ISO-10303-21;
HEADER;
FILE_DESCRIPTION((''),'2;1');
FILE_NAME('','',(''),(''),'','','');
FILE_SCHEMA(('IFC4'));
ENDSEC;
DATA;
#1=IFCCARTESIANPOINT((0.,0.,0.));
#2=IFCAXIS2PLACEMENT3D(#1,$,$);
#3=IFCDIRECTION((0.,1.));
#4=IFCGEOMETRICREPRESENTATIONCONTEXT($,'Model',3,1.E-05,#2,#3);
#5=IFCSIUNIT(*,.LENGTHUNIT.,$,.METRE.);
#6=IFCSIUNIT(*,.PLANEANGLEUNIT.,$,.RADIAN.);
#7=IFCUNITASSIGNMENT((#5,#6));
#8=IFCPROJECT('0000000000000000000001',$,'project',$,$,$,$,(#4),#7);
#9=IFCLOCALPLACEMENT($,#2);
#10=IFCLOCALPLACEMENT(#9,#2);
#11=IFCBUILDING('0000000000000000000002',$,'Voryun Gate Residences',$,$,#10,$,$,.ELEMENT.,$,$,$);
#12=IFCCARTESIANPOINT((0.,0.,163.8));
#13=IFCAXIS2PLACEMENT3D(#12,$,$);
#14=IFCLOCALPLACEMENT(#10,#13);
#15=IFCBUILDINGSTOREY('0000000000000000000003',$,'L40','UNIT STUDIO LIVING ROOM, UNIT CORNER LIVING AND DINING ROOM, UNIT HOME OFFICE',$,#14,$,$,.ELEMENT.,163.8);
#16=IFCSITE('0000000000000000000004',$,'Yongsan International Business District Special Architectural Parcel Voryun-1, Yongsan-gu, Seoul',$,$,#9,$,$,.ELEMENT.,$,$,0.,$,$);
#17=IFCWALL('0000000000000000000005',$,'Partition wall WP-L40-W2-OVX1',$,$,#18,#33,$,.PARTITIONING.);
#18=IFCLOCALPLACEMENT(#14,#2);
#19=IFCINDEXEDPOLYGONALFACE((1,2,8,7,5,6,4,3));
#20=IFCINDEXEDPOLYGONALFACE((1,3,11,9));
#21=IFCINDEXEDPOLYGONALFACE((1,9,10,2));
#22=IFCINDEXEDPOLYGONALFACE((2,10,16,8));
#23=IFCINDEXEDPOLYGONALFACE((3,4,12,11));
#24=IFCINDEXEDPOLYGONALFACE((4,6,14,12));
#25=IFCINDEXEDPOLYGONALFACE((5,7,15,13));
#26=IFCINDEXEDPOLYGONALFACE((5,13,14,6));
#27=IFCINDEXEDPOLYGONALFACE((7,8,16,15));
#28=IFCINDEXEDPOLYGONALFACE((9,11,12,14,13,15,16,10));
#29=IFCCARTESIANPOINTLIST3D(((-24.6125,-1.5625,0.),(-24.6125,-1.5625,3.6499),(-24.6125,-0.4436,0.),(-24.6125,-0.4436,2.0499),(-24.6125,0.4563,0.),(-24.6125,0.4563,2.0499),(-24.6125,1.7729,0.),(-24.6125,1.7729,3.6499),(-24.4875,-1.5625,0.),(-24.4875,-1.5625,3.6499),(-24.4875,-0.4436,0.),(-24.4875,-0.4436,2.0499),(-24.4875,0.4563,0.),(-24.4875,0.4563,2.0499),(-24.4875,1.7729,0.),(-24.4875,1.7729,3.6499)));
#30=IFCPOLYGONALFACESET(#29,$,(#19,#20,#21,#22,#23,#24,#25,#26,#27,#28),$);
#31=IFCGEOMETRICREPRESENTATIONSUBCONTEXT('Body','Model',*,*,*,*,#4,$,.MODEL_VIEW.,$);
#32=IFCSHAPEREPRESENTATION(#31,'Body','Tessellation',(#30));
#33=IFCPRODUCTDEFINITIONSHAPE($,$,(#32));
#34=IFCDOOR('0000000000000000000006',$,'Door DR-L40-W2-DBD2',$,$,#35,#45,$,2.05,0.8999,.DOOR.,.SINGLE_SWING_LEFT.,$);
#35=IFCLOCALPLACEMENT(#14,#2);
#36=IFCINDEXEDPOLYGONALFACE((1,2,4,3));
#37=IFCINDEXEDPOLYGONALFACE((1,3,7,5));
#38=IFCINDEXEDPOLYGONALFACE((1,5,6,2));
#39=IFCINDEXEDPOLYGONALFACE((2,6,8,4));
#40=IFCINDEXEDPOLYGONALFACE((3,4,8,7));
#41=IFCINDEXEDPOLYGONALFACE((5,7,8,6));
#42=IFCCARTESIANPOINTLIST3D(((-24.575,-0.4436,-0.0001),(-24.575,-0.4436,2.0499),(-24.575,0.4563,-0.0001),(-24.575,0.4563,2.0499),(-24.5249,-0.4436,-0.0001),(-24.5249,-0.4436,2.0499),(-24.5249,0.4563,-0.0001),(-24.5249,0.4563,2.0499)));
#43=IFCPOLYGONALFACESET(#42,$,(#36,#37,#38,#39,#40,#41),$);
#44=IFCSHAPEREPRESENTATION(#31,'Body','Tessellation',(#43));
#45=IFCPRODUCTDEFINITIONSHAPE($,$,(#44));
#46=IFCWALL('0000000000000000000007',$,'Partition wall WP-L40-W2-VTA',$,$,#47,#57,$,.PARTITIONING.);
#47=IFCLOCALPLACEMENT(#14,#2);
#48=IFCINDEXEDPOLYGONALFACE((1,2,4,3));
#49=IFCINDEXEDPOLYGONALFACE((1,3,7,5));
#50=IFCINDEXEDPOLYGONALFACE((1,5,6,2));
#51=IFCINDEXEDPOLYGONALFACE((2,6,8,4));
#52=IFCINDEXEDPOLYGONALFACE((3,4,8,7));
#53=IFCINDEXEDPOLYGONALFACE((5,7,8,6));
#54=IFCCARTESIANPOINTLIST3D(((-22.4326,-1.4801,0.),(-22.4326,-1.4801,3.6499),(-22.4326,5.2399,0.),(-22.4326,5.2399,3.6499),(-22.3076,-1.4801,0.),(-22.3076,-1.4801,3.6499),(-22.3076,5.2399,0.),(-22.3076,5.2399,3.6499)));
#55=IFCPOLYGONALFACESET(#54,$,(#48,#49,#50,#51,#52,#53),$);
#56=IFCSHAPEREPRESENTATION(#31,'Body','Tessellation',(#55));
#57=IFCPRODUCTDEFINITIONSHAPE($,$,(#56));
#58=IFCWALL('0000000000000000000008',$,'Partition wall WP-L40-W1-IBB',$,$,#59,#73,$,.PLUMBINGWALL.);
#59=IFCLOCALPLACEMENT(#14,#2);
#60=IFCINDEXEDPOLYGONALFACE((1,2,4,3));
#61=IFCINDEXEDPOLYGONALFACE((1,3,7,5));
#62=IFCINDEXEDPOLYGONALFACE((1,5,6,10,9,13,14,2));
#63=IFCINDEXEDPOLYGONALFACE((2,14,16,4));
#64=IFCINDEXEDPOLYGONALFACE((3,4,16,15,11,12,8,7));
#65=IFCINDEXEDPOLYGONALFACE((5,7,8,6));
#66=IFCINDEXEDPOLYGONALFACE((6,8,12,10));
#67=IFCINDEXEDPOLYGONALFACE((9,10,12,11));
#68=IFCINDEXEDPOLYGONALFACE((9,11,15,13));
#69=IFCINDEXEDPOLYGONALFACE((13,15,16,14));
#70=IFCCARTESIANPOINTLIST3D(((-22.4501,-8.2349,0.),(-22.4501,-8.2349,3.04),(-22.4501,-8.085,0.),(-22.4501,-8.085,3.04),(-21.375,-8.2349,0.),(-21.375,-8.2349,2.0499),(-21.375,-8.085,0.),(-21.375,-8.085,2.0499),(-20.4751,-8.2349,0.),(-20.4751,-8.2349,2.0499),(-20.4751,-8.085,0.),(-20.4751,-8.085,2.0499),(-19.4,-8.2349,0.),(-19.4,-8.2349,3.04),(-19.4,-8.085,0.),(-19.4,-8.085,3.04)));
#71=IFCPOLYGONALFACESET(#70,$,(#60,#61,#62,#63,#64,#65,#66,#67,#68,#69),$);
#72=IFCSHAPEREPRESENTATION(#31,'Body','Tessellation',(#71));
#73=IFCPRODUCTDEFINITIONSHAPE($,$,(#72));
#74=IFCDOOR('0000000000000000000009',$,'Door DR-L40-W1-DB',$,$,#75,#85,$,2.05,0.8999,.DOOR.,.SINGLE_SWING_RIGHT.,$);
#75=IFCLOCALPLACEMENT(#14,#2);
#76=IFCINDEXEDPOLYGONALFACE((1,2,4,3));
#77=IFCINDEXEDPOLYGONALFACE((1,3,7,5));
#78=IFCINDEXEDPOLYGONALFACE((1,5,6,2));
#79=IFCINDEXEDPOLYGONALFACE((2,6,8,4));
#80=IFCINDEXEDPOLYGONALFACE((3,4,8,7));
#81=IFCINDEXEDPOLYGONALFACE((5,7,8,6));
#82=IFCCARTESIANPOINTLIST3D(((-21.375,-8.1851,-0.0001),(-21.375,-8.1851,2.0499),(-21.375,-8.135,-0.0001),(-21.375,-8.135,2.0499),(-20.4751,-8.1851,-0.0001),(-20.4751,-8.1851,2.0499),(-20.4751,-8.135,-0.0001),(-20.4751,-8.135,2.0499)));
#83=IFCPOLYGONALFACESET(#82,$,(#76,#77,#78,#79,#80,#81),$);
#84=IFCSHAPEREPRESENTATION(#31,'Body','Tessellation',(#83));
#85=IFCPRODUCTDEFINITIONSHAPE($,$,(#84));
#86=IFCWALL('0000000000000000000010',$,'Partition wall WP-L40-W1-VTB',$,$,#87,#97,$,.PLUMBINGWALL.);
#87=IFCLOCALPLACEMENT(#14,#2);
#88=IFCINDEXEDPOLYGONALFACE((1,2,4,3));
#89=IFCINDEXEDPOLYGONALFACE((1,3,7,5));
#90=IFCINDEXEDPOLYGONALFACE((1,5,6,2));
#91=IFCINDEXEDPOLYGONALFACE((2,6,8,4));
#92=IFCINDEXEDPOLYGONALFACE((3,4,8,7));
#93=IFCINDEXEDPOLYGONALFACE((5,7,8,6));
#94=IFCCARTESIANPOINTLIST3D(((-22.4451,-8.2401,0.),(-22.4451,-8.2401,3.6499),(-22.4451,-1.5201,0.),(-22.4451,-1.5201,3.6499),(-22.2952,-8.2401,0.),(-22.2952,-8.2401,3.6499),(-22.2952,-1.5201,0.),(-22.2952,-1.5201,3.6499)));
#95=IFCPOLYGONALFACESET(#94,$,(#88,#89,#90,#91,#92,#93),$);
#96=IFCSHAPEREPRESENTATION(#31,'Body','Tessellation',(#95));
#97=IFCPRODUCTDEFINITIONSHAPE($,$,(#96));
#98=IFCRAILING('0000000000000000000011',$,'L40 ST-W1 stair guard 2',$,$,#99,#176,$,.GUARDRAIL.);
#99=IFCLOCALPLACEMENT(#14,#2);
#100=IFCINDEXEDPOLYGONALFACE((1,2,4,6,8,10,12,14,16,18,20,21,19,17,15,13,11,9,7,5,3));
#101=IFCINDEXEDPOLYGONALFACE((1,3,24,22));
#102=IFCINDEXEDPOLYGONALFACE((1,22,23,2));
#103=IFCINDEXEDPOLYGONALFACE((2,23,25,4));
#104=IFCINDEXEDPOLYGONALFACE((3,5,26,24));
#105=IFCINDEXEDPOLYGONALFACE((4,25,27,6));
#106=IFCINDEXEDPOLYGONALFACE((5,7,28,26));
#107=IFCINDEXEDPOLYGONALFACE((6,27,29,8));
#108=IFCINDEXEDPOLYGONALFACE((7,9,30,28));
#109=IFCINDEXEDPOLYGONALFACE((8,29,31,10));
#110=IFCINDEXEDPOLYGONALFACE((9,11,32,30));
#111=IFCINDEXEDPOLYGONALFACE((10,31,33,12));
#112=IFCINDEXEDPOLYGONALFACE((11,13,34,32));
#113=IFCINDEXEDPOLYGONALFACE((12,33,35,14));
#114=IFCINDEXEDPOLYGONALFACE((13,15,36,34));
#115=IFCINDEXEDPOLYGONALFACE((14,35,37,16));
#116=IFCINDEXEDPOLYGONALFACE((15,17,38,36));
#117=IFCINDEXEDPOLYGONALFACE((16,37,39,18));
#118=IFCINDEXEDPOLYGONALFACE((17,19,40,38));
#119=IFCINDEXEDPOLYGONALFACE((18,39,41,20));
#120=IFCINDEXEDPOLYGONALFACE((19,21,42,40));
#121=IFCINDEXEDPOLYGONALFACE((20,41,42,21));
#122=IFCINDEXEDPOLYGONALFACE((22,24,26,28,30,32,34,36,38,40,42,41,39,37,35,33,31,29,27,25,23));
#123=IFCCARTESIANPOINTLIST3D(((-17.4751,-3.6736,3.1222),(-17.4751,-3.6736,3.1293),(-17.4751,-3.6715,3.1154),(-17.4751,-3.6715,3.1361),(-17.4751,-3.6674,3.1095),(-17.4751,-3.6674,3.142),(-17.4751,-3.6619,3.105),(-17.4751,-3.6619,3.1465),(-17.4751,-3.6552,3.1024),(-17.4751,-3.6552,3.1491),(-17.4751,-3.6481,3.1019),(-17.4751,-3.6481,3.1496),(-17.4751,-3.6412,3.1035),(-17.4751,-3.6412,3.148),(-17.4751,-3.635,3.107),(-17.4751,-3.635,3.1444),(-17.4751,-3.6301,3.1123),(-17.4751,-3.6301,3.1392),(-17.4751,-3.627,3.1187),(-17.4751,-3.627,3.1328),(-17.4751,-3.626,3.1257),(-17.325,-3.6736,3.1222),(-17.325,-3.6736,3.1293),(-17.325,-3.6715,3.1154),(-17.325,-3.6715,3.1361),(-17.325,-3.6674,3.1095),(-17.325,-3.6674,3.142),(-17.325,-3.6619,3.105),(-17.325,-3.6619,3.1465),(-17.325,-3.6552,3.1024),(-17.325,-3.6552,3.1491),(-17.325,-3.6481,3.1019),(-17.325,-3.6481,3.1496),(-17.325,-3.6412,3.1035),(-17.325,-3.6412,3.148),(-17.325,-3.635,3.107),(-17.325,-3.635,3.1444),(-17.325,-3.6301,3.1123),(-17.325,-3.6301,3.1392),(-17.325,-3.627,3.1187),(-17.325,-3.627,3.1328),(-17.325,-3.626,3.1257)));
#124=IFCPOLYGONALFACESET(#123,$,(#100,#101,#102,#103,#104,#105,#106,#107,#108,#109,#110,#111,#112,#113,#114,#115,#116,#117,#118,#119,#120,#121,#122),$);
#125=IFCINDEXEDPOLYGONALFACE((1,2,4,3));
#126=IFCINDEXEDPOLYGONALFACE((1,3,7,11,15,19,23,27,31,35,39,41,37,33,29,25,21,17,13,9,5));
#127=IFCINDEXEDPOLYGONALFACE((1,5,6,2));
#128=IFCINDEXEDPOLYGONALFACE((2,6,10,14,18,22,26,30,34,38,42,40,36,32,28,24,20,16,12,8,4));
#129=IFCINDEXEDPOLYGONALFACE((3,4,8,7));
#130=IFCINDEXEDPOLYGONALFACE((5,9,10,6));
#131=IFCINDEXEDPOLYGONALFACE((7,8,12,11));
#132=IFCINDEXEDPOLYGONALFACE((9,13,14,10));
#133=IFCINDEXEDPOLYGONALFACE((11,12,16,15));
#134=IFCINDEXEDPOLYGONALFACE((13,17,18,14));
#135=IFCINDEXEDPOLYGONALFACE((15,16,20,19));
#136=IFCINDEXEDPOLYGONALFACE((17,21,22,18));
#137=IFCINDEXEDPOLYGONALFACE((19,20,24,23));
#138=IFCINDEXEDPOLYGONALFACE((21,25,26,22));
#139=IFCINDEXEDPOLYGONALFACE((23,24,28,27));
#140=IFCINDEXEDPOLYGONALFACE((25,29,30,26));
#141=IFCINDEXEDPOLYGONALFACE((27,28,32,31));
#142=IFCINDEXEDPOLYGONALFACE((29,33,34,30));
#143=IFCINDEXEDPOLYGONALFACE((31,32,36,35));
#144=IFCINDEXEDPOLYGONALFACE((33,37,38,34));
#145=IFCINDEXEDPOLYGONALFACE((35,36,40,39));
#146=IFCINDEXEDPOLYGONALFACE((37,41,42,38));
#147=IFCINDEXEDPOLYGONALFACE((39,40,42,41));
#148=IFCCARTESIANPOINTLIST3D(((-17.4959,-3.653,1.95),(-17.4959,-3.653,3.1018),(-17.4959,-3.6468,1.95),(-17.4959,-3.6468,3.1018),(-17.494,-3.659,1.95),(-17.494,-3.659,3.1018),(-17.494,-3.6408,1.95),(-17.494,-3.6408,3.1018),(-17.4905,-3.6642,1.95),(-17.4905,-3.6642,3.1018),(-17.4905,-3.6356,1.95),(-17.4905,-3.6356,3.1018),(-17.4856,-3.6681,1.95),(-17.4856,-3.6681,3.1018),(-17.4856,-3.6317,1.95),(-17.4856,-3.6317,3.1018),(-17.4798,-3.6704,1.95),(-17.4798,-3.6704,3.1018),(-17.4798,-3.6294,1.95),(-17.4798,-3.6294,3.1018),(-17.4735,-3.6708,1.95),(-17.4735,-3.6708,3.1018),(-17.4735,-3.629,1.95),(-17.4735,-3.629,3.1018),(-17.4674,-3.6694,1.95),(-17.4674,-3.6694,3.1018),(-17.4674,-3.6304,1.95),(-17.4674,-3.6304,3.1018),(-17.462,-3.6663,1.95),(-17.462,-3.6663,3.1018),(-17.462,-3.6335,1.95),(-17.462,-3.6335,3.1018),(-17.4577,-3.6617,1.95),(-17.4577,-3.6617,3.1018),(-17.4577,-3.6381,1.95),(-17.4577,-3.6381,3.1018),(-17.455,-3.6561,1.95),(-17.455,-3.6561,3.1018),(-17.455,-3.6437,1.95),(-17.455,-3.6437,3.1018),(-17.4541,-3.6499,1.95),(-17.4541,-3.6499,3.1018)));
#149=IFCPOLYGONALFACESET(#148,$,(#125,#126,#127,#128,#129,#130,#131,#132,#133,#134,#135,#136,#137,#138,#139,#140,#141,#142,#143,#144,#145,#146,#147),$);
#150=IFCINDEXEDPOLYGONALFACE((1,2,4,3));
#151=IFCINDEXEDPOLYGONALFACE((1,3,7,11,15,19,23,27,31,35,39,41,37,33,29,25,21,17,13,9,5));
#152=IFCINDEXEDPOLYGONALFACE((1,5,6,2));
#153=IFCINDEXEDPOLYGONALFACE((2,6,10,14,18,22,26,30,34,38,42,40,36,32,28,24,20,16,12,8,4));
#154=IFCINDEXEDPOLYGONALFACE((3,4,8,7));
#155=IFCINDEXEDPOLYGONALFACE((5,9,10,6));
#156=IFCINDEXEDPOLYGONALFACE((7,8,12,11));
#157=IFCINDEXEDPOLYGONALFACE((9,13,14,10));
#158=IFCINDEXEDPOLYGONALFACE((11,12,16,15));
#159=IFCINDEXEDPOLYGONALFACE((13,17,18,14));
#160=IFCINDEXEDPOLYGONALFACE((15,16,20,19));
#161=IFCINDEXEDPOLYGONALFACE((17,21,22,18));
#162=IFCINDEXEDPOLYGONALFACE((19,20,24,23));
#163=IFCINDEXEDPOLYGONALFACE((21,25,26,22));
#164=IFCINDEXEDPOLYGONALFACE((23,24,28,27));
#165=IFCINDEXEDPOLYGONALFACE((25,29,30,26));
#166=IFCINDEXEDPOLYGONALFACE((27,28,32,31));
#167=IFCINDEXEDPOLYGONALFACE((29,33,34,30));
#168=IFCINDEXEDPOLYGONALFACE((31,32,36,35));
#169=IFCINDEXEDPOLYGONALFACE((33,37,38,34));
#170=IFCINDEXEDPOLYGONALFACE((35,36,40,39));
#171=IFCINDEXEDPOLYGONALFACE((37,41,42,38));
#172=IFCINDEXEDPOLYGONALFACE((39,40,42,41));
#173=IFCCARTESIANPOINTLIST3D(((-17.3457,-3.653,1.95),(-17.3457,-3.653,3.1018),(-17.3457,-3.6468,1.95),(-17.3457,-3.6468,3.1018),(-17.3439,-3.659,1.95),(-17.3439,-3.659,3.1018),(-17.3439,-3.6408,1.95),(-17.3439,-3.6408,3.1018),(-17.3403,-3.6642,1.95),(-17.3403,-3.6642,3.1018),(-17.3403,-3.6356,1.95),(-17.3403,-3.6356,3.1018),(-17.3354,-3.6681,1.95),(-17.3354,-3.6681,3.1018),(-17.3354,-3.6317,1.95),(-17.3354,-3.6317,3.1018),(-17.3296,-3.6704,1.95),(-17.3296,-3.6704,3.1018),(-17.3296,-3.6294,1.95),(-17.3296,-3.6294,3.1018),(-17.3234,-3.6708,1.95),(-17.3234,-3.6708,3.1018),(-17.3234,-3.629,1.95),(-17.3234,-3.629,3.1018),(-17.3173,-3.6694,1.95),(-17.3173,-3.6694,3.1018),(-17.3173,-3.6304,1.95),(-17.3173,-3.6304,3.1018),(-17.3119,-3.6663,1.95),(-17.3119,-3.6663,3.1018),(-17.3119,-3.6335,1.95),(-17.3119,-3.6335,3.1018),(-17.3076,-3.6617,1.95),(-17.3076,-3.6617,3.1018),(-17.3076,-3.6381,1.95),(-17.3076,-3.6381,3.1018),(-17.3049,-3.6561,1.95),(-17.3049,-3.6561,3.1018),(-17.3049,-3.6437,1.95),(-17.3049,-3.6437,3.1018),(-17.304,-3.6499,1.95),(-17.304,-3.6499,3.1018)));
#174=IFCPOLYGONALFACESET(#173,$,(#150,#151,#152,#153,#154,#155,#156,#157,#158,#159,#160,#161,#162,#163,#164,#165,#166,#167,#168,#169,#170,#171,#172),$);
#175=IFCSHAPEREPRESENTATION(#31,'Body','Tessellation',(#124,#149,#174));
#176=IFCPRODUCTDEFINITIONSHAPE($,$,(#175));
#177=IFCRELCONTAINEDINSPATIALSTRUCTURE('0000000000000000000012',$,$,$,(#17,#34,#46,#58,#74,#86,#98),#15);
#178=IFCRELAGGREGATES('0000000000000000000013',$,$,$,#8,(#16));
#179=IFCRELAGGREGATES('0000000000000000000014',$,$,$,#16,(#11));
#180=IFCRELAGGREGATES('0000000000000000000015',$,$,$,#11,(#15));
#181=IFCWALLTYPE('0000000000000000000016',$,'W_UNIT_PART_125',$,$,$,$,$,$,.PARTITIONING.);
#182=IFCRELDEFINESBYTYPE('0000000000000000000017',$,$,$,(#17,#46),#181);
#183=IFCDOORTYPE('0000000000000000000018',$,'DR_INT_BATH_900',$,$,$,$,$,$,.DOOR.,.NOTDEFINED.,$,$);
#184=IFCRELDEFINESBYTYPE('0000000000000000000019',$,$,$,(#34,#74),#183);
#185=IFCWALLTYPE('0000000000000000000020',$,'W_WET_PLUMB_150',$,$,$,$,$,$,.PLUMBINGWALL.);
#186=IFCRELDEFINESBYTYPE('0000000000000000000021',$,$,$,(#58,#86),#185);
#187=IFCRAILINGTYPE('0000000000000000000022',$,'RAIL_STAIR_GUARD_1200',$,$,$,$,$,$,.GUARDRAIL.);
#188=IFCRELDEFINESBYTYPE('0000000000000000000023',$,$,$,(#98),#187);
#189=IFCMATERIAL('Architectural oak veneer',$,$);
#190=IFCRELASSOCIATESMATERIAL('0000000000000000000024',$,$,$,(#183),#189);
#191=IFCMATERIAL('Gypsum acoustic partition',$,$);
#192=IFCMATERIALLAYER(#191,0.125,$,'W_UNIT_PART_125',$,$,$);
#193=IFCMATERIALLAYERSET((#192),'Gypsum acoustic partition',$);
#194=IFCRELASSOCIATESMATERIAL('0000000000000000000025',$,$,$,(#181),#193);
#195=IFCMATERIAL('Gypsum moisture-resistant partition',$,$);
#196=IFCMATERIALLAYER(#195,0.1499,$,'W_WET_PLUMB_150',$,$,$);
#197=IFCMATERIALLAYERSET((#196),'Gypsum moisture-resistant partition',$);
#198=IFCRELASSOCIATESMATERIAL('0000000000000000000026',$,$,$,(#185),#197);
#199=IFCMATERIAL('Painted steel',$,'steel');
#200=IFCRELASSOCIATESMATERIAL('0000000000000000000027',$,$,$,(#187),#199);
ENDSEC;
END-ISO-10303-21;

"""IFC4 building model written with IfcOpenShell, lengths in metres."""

from ifc_helpers import new_model, si_unit, direction, frame, frame_2d, origin, origin_2d, place, context, subcontext, project, spatial, rectangle, circle, extrude, material, layer, layer_set, type_object, element, fill, save


model = new_model("IFC4")

# Units and contexts
model_context = context("Model", 3, precision=1e-05, world=origin(), true_north=direction((0.0, 1.0)))
body_context = subcontext(model_context, "Body", "Model", "MODEL_VIEW")
ifc_project = project(units=[si_unit("LENGTHUNIT", "METRE"), si_unit("PLANEANGLEUNIT", "RADIAN")], contexts=[model_context])

# Site, building, storey
site_placement = place(None, origin())
site = spatial("IfcSite", under=ifc_project, at=site_placement, Name="Yongsan International Business District Special Architectural Parcel Voryun-1, Yongsan-gu, Seoul", CompositionType="ELEMENT", RefElevation=0.0)
building_placement = place(site_placement, origin())
building = spatial("IfcBuilding", under=site, at=building_placement, Name="Voryun Gate Residences", CompositionType="ELEMENT")
storey_placement = place(building_placement, frame((0.0, 0.0, 163.8)))
storey = spatial("IfcBuildingStorey", under=building, at=storey_placement, Name="L40", Description="UNIT STUDIO LIVING ROOM, UNIT CORNER LIVING AND DINING ROOM, UNIT HOME OFFICE", CompositionType="ELEMENT", Elevation=163.8)

# Shared definitions
ifc_material_1 = material(Name="Architectural oak veneer")
door_type_1 = type_object("IfcDoorType", Name="DR_INT_BATH_900", OperationType="NOTDEFINED", PredefinedType="DOOR", material=ifc_material_1)

# Shared definitions
ifc_material_2 = material(Name="Gypsum acoustic partition")
ifc_layer_1 = layer(ifc_material_2, 0.125, Name="W_UNIT_PART_125")
ifc_layer_set_1 = layer_set([ifc_layer_1], Name="Gypsum acoustic partition")
wall_type_1 = type_object("IfcWallType", Name="W_UNIT_PART_125", PredefinedType="PARTITIONING", material=ifc_layer_set_1)

# Wall, opening, door
wall_1_placement = place(storey_placement, frame((-24.55, -1.5625, 0.0), z_axis=(0.0, 0.0, 1.0), x_axis=(0.0, 1.0, 0.0)))
wall_1 = element("IfcWall", 1, at=wall_1_placement, inside=storey, type_object=wall_type_1, Name="Partition wall WP-L40-W2-OVX1", PredefinedType="PARTITIONING", context=body_context, shape_type="SweptSolid", body=[
    extrude(rectangle(XDim=3.3354, YDim=0.125, at=frame_2d((1.6677, 0.0))), origin(), (0.0, 0.0, 1.0), 3.6499),
])
opening_1_placement = place(wall_1_placement, frame((1.1189, 0.0, 0.0)))
opening_1 = element("IfcOpeningElement", 2, at=opening_1_placement, cuts=wall_1, PredefinedType="OPENING", context=body_context, shape_type="SweptSolid", body=[
    extrude(rectangle(XDim=0.8999, YDim=2.05, at=frame_2d((0.45, 1.0249))), frame((0.0, 0.0725, 0.0), z_axis=(0.0, -1.0, 0.0), x_axis=(1.0, 0.0, 0.0)), (0.0, 0.0, 1.0), 0.145),
])
door_1_placement = place(opening_1_placement, origin())
door_1 = element("IfcDoor", 3, at=door_1_placement, inside=storey, type_object=door_type_1, Name="Door DR-L40-W2-DBD2", OperationType="SINGLE_SWING_LEFT", OverallHeight=2.05, OverallWidth=0.8999, PredefinedType="DOOR", context=body_context, shape_type="SweptSolid", body=[
    extrude(rectangle(XDim=0.8999, YDim=2.05, at=frame_2d((0.45, 1.0249))), frame((0.0, 0.0249, 0.0), z_axis=(0.0, -1.0, 0.0), x_axis=(1.0, 0.0, 0.0)), (0.0, 0.0, 1.0), 0.05),
])
fill(opening_1, door_1)

# Wall
wall_2_placement = place(storey_placement, frame((-22.3701, -1.48, 0.0), z_axis=(0.0, 0.0, 1.0), x_axis=(0.0, 1.0, 0.0)))
element("IfcWall", 4, at=wall_2_placement, inside=storey, type_object=wall_type_1, Name="Partition wall WP-L40-W2-VTA", PredefinedType="PARTITIONING", context=body_context, shape_type="SweptSolid", body=[
    extrude(rectangle(XDim=6.72, YDim=0.125, at=frame_2d((3.3599, 0.0))), origin(), (0.0, 0.0, 1.0), 3.6499),
])

# Wall, opening, door
ifc_material_3 = material(Name="Gypsum moisture-resistant partition")
ifc_layer_2 = layer(ifc_material_3, 0.1499, Name="W_WET_PLUMB_150")
ifc_layer_set_2 = layer_set([ifc_layer_2], Name="Gypsum moisture-resistant partition")
wall_type_2 = type_object("IfcWallType", Name="W_WET_PLUMB_150", PredefinedType="PLUMBINGWALL", material=ifc_layer_set_2)
wall_3_placement = place(storey_placement, frame((-22.45, -8.1599, 0.0), z_axis=(0.0, 0.0, 1.0), x_axis=(1.0, 0.0, 0.0)))
wall_3 = element("IfcWall", 5, at=wall_3_placement, inside=storey, type_object=wall_type_2, Name="Partition wall WP-L40-W1-IBB", PredefinedType="PLUMBINGWALL", context=body_context, shape_type="SweptSolid", body=[
    extrude(rectangle(XDim=3.05, YDim=0.1499, at=frame_2d((1.5249, 0.0))), origin(), (0.0, 0.0, 1.0), 3.04),
])
opening_2_placement = place(wall_3_placement, frame((1.075, 0.0, 0.0)))
opening_2 = element("IfcOpeningElement", 6, at=opening_2_placement, cuts=wall_3, PredefinedType="OPENING", context=body_context, shape_type="SweptSolid", body=[
    extrude(rectangle(XDim=0.8999, YDim=2.05, at=frame_2d((0.45, 1.0249))), frame((0.0, 0.085, 0.0), z_axis=(0.0, -1.0, 0.0), x_axis=(1.0, 0.0, 0.0)), (0.0, 0.0, 1.0), 0.1699),
])
door_2_placement = place(opening_2_placement, origin())
door_2 = element("IfcDoor", 7, at=door_2_placement, inside=storey, type_object=door_type_1, Name="Door DR-L40-W1-DB", OperationType="SINGLE_SWING_RIGHT", OverallHeight=2.05, OverallWidth=0.8999, PredefinedType="DOOR", context=body_context, shape_type="SweptSolid", body=[
    extrude(rectangle(XDim=0.8999, YDim=2.05, at=frame_2d((0.45, 1.0249))), frame((0.0, 0.0249, 0.0), z_axis=(0.0, -1.0, 0.0), x_axis=(1.0, 0.0, 0.0)), (0.0, 0.0, 1.0), 0.05),
])
fill(opening_2, door_2)

# Wall
wall_4_placement = place(storey_placement, frame((-22.3701, -8.24, 0.0), z_axis=(0.0, 0.0, 1.0), x_axis=(0.0, 1.0, 0.0)))
element("IfcWall", 8, at=wall_4_placement, inside=storey, type_object=wall_type_2, Name="Partition wall WP-L40-W1-VTB", PredefinedType="PLUMBINGWALL", context=body_context, shape_type="SweptSolid", body=[
    extrude(rectangle(XDim=6.72, YDim=0.1499, at=frame_2d((3.3599, 0.0))), origin(), (0.0, 0.0, 1.0), 3.6499),
])

# Railing
ifc_material_4 = material(Name="Painted steel", Category="steel")
railing_type = type_object("IfcRailingType", Name="RAIL_STAIR_GUARD_1200", PredefinedType="GUARDRAIL", material=ifc_material_4)
railing_1_placement = place(storey_placement, frame((-17.4751, -3.6499, 1.95)))
element("IfcRailing", 9, at=railing_1_placement, inside=storey, type_object=railing_type, Name="L40 ST-W1 stair guard 2", PredefinedType="GUARDRAIL", context=body_context, shape_type="SweptSolid", body=[
    extrude(circle(Radius=0.0239, at=origin_2d()), frame((0.0, 0.0, 1.1758), z_axis=(1.0, 0.0, 0.0), x_axis=(0.0, 1.0, 0.0)), (0.0, 0.0, 1.0), 0.1501),
    extrude(circle(Radius=0.021, at=origin_2d()), origin(), (0.0, 0.0, 1.0), 1.1519),
    extrude(circle(Radius=0.021, at=origin_2d()), frame((0.1501, 0.0, 0.0)), (0.0, 0.0, 1.0), 1.1519),
])

save(model, "model.ifc")
